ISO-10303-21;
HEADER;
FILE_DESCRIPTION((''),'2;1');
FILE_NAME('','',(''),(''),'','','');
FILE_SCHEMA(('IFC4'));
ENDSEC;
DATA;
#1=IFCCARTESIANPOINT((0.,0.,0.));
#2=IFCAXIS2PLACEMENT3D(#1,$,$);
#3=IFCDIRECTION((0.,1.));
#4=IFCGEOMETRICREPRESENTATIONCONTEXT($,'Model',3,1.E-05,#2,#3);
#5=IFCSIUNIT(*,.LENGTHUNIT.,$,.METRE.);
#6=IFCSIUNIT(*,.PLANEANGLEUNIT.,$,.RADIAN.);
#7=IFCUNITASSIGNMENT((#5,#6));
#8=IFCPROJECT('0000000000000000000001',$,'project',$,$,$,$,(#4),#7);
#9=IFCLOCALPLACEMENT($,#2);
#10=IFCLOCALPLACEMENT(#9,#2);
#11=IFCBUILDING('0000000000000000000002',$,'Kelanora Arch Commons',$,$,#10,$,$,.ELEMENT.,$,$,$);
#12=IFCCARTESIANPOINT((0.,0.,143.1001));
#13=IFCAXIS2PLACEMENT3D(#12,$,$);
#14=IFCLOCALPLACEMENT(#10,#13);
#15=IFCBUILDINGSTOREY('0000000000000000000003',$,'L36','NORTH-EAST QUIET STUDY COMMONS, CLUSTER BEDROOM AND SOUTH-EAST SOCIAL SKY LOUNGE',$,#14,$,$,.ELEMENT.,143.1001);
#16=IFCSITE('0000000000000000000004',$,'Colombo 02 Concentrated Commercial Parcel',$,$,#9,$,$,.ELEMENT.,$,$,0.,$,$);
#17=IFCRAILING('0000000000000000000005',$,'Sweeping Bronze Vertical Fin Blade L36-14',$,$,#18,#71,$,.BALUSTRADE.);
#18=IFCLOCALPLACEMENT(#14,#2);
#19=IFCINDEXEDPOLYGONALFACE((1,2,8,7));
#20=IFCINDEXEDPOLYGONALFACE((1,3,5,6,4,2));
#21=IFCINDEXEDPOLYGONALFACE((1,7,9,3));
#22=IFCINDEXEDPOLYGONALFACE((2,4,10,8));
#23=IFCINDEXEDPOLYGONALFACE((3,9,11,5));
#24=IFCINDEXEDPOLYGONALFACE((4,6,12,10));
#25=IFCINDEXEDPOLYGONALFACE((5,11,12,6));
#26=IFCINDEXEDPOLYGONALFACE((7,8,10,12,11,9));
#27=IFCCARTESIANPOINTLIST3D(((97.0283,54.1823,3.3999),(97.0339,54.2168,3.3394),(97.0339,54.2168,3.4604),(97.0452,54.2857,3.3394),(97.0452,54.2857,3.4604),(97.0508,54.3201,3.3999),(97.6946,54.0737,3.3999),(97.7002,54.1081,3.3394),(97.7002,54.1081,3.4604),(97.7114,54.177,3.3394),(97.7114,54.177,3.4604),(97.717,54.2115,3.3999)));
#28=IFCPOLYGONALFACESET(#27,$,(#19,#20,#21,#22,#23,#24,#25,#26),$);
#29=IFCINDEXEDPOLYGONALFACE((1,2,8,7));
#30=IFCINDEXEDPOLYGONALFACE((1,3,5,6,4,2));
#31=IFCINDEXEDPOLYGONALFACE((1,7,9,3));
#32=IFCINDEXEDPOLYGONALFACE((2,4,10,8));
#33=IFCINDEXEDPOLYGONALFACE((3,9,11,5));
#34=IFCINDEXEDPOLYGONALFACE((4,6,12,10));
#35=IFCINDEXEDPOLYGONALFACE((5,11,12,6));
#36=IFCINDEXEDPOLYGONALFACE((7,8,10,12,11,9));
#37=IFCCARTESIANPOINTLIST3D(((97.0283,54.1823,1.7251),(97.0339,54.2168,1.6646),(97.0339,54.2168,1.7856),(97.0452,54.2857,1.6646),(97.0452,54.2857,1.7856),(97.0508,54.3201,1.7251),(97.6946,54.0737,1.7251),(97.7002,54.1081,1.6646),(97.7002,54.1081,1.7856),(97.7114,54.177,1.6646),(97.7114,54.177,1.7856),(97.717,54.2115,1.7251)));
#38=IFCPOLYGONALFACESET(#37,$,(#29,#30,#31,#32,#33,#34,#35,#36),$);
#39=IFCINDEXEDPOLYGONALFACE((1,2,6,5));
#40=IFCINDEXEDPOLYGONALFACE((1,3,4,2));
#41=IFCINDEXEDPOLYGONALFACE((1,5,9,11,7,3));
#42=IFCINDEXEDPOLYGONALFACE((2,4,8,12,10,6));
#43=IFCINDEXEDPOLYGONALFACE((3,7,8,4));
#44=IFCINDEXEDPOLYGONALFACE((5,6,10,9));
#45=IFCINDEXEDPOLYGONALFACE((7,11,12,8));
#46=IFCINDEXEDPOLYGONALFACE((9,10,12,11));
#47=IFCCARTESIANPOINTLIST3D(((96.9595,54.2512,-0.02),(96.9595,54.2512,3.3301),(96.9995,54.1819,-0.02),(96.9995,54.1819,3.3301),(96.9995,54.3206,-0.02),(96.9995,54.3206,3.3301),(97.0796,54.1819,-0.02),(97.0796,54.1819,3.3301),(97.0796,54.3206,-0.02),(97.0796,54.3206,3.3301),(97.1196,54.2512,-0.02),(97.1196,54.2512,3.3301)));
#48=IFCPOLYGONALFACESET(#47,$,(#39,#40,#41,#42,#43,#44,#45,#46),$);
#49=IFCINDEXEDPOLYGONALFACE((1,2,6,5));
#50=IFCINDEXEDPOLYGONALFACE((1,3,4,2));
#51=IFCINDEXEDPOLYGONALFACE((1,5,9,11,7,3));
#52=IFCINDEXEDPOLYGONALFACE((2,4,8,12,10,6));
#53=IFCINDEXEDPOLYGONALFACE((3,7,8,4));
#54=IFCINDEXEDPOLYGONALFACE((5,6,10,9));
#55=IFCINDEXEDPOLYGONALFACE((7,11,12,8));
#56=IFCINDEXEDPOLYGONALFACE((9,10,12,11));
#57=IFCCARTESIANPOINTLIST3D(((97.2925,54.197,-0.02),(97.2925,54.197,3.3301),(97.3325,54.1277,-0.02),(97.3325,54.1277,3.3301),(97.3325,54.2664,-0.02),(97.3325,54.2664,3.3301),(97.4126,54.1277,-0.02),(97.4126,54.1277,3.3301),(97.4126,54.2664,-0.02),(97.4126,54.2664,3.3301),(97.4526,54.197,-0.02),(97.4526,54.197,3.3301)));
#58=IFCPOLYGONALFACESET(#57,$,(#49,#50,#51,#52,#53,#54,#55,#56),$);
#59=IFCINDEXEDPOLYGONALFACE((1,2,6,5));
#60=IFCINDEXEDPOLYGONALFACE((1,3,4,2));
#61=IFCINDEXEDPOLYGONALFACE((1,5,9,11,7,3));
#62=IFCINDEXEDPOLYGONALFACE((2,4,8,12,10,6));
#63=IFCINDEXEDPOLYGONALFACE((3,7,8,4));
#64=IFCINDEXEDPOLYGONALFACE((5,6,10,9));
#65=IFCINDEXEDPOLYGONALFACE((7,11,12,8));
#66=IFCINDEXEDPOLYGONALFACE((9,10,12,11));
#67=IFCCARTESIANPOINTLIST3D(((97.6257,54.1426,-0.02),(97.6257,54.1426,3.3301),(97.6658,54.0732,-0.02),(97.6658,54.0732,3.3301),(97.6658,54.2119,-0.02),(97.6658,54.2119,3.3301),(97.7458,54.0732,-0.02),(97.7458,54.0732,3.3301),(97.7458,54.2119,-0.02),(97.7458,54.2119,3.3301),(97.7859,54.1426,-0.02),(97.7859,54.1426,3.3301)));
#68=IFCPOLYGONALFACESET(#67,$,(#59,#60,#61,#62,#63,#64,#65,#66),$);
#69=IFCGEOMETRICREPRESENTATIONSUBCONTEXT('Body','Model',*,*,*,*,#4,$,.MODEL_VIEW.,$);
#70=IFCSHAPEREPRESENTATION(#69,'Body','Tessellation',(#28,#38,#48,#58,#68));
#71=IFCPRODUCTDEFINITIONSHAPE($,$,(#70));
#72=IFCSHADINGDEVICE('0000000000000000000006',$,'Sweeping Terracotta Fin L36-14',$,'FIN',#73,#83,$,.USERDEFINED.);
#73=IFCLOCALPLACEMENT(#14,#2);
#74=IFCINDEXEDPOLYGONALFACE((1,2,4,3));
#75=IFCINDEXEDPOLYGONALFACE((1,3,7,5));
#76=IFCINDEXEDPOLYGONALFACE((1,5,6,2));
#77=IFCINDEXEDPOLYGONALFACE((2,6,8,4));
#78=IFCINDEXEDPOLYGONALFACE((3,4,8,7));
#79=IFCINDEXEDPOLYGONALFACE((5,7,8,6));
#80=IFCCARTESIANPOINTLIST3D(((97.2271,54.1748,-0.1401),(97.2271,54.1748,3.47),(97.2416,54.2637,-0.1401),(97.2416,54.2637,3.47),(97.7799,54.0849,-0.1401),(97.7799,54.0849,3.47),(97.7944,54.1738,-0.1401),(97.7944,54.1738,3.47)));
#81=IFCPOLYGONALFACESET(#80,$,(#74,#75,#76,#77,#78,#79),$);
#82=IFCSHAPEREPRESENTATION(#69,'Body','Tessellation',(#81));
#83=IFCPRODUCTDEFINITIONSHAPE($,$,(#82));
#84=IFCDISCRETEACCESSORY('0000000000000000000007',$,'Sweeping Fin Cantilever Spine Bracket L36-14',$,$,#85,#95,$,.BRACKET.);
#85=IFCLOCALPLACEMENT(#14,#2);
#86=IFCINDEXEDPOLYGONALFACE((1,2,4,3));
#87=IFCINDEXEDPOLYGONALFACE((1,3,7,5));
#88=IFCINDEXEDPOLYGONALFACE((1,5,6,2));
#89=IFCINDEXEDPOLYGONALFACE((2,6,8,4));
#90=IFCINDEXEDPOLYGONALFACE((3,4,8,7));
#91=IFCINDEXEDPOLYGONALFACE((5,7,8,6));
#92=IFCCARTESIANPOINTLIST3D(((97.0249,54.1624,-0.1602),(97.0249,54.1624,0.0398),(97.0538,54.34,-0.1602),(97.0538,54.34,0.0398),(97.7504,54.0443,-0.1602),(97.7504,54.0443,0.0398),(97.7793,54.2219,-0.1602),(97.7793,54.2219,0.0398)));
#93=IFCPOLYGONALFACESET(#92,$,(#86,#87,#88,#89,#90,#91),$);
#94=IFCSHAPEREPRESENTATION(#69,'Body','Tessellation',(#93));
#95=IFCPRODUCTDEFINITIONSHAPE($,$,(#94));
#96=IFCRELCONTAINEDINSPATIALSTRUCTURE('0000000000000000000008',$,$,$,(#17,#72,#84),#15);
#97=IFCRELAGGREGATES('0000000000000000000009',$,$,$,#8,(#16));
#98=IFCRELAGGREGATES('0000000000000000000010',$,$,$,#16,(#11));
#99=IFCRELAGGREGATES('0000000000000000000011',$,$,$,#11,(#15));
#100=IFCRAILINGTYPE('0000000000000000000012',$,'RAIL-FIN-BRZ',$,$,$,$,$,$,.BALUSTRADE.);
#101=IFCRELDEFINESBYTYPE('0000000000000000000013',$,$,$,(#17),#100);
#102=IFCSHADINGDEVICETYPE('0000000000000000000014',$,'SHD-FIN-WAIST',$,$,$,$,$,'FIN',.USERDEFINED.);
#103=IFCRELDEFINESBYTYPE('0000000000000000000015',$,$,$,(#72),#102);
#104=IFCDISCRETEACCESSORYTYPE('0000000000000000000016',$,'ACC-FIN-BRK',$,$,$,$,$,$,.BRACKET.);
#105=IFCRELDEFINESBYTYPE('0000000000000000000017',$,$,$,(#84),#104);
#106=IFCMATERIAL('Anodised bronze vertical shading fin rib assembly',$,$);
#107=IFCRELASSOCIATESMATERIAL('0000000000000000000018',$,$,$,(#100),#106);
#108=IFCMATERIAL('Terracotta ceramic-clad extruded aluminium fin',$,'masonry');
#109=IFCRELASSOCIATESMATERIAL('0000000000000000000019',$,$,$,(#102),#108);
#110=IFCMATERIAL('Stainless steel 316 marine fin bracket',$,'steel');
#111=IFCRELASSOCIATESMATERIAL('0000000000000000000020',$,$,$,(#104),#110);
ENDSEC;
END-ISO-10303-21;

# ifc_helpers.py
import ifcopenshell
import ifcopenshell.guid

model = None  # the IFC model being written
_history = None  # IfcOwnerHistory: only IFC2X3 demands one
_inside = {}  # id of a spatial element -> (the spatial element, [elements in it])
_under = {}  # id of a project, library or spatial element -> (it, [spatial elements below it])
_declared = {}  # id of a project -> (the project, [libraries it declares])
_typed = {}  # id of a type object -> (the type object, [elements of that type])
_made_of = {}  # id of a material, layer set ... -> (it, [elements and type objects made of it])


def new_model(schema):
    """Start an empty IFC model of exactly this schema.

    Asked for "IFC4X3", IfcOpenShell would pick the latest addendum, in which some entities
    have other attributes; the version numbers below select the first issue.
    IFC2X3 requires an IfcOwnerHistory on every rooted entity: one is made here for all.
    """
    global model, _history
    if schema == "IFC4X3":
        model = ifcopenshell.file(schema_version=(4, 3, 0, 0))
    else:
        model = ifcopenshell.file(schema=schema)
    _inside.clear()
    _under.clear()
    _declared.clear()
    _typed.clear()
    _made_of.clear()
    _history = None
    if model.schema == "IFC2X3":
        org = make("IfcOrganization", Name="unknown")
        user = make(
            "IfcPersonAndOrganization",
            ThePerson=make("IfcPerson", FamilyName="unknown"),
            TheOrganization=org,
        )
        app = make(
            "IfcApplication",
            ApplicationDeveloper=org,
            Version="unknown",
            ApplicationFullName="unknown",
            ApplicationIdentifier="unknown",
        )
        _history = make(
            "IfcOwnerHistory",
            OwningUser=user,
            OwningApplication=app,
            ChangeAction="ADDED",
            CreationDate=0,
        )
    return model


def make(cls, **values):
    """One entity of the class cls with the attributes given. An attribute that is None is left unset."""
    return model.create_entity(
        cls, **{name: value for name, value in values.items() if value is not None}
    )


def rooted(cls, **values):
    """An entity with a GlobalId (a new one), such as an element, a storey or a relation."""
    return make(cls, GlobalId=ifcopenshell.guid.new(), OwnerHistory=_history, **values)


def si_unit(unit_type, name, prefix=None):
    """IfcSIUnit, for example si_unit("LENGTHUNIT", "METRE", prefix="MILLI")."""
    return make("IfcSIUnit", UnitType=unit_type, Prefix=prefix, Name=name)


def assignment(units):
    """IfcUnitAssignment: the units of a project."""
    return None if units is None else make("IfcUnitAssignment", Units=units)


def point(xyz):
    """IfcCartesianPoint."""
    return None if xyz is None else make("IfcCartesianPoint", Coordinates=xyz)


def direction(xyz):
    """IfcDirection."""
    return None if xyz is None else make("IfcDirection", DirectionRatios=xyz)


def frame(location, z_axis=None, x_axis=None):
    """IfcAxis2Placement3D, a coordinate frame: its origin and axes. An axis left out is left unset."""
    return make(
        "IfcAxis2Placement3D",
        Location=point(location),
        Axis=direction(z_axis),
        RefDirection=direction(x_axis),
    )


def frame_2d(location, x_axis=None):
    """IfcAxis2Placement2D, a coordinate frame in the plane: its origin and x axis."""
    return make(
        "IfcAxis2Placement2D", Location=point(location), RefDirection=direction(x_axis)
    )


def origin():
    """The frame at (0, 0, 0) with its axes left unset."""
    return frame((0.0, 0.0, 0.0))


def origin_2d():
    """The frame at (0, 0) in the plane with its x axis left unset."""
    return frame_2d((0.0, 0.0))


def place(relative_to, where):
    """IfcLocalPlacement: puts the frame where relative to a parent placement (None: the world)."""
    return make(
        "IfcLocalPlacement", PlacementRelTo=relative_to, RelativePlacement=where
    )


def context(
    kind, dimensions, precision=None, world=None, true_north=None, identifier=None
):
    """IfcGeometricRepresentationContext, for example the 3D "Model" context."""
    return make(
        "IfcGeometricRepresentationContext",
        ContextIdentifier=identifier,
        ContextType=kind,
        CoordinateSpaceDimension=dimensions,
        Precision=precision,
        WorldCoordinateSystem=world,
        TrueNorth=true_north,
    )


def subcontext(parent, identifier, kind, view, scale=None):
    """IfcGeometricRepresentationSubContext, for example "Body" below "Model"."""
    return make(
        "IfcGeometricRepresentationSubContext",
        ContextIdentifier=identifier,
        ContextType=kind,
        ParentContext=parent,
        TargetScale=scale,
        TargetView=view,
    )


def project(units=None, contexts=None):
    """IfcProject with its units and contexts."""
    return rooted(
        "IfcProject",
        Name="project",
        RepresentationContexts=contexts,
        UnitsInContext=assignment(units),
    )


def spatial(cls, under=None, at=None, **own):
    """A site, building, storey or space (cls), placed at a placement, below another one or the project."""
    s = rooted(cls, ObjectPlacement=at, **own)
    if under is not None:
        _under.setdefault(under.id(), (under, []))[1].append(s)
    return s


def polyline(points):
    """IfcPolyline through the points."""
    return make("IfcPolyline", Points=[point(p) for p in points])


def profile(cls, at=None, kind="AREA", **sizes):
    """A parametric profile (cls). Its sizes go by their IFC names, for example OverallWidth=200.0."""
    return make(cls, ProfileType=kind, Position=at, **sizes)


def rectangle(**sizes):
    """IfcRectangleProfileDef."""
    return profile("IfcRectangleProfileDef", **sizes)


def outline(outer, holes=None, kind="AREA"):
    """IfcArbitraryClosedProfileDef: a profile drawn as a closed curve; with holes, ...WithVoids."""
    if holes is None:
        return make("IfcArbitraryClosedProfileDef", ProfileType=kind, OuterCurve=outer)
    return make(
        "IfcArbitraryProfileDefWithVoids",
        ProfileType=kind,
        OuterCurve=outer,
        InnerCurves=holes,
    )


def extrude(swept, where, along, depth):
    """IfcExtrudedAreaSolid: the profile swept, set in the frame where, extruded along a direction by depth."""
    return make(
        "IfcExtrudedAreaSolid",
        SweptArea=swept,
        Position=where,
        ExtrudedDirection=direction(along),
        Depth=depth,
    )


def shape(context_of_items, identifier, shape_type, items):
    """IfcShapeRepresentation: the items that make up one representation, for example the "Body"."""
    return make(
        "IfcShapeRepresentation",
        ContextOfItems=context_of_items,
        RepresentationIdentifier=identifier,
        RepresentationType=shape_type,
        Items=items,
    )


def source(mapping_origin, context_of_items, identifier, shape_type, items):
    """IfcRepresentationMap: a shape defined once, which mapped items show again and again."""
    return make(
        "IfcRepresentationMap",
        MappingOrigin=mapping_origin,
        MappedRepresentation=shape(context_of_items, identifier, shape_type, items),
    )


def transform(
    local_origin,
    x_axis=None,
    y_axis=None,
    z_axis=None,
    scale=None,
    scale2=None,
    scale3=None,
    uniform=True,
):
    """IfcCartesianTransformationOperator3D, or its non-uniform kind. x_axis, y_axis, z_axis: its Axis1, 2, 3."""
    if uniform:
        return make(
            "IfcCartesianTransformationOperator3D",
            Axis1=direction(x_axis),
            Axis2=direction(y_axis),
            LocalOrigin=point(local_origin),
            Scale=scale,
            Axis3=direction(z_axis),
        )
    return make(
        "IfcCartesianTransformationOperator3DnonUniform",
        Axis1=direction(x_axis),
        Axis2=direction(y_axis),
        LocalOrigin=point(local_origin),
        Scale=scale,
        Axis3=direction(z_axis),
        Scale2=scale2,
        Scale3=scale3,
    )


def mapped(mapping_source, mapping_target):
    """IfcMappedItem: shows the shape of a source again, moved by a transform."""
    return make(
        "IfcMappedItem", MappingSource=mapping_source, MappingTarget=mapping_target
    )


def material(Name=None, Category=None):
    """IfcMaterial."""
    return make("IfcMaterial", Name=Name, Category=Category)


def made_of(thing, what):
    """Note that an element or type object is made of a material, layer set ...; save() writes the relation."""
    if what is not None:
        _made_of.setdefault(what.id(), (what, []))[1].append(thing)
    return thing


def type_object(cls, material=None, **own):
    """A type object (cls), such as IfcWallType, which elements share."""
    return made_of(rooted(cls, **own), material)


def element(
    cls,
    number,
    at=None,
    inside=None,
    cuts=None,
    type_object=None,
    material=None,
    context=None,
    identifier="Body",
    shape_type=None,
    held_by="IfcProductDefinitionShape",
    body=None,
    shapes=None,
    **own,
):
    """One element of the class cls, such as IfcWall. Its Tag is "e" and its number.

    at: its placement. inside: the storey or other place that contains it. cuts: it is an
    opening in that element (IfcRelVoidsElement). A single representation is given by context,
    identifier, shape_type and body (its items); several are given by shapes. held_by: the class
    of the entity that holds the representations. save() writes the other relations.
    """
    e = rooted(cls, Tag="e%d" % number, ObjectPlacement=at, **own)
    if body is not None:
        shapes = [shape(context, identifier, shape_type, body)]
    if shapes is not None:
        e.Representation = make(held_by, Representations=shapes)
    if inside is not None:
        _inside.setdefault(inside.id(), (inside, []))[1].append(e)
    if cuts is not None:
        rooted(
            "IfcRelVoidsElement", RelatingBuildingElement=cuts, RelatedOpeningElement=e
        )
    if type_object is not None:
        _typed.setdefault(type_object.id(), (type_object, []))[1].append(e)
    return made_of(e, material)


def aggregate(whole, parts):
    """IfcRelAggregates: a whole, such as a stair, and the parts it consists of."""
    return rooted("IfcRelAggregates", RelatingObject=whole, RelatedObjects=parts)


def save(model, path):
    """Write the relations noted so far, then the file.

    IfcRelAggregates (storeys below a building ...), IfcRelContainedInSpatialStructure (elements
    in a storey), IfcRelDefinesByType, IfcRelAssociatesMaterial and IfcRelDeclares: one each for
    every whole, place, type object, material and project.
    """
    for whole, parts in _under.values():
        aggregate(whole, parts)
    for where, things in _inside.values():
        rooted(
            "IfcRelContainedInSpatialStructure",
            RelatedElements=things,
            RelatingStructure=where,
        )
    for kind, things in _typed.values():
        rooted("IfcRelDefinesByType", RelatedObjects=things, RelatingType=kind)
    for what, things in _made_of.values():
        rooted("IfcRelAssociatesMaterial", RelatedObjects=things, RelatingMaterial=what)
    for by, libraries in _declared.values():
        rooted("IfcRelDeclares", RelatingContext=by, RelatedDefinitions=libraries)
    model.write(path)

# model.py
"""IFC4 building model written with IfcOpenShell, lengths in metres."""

from ifc_helpers import new_model, si_unit, direction, frame, origin, origin_2d, place, context, subcontext, project, spatial, polyline, rectangle, outline, extrude, source, transform, mapped, material, type_object, element, save


model = new_model("IFC4")

# Units and contexts
model_context = context("Model", 3, precision=1e-05, world=origin(), true_north=direction((0.0, 1.0)))
body_context = subcontext(model_context, "Body", "Model", "MODEL_VIEW")
ifc_project = project(units=[si_unit("LENGTHUNIT", "METRE"), si_unit("PLANEANGLEUNIT", "RADIAN")], contexts=[model_context])

# Site, building, storey
site_placement = place(None, origin())
site = spatial("IfcSite", under=ifc_project, at=site_placement, Name="Colombo 02 Concentrated Commercial Parcel", CompositionType="ELEMENT", RefElevation=0.0)
building_placement = place(site_placement, origin())
building = spatial("IfcBuilding", under=site, at=building_placement, Name="Kelanora Arch Commons", CompositionType="ELEMENT")
storey_placement = place(building_placement, frame((0.0, 0.0, 143.1001)))
storey = spatial("IfcBuildingStorey", under=building, at=storey_placement, Name="L36", Description="NORTH-EAST QUIET STUDY COMMONS, CLUSTER BEDROOM AND SOUTH-EAST SOCIAL SKY LOUNGE", CompositionType="ELEMENT", Elevation=143.1001)

# Railing
ifc_material_1 = material(Name="Anodised bronze vertical shading fin rib assembly")
railing_type = type_object("IfcRailingType", Name="RAIL-FIN-BRZ", PredefinedType="BALUSTRADE", material=ifc_material_1)
railing_placement = place(storey_placement, frame((97.0396, 54.2512, -0.02)))
element("IfcRailing", 1, at=railing_placement, inside=storey, type_object=railing_type, Name="Sweeping Bronze Vertical Fin Blade L36-14", PredefinedType="BALUSTRADE", context=body_context, shape_type="SweptSolid", body=[
    extrude(outline(polyline([(0.0698, 0.0), (0.0349, 0.0605), (-0.0349, 0.0605), (-0.0698, 0.0), (-0.0349, -0.0605), (0.0349, -0.0605), (0.0698, 0.0)])), frame((0.0, 0.0, 3.4199), z_axis=(0.986965, -0.160938, 0.0), x_axis=(0.160938, 0.986965, 0.0)), (0.0, 0.0, 1.0), 0.675),
    extrude(outline(polyline([(0.0698, 0.0), (0.0349, 0.0605), (-0.0349, 0.0605), (-0.0698, 0.0), (-0.0349, -0.0605), (0.0349, -0.0605), (0.0698, 0.0)])), frame((0.0, 0.0, 1.7451), z_axis=(0.986965, -0.160938, 0.0), x_axis=(0.160938, 0.986965, 0.0)), (0.0, 0.0, 1.0), 0.675),
    extrude(outline(polyline([(0.0801, 0.0), (0.04, 0.0693), (-0.04, 0.0693), (-0.0801, 0.0), (-0.04, -0.0693), (0.04, -0.0693), (0.0801, 0.0)])), origin(), (0.0, 0.0, 1.0), 3.3501),
    extrude(outline(polyline([(0.0801, 0.0), (0.04, 0.0693), (-0.04, 0.0693), (-0.0801, 0.0), (-0.04, -0.0693), (0.04, -0.0693), (0.0801, 0.0)])), frame((0.333, -0.0542, 0.0)), (0.0, 0.0, 1.0), 3.3501),
    extrude(outline(polyline([(0.0801, 0.0), (0.04, 0.0693), (-0.04, 0.0693), (-0.0801, 0.0), (-0.04, -0.0693), (0.04, -0.0693), (0.0801, 0.0)])), frame((0.6663, -0.1086, 0.0)), (0.0, 0.0, 1.0), 3.3501),
])

# Shading device
ifc_material_2 = material(Name="Terracotta ceramic-clad extruded aluminium fin", Category="masonry")
shading_device_type = type_object("IfcShadingDeviceType", Name="SHD-FIN-WAIST", ElementType="FIN", PredefinedType="USERDEFINED", material=ifc_material_2)
shared_shape_1 = source(origin(), body_context, "Body", "SweptSolid", [
    extrude(rectangle(XDim=0.5601, YDim=0.0901, at=origin_2d()), origin(), (0.0, 0.0, 1.0), 3.6101),
])
shading_device_placement = place(storey_placement, frame((97.5107, 54.1743, -0.1401), z_axis=(0.0, 0.0, 1.0), x_axis=(0.987024, -0.16057, 0.0)))
element("IfcShadingDevice", 2, at=shading_device_placement, inside=storey, type_object=shading_device_type, Name="Sweeping Terracotta Fin L36-14", ObjectType="FIN", PredefinedType="USERDEFINED", context=body_context, shape_type="MappedRepresentation", body=[
    mapped(shared_shape_1, transform((0.0, 0.0, 0.0), scale=1.0)),
])

# Discrete accessory
ifc_material_3 = material(Name="Stainless steel 316 marine fin bracket", Category="steel")
discrete_accessory_type = type_object("IfcDiscreteAccessoryType", Name="ACC-FIN-BRK", PredefinedType="BRACKET", material=ifc_material_3)
shared_shape_2 = source(origin(), body_context, "Body", "SweptSolid", [
    extrude(rectangle(XDim=0.7351, YDim=0.1799, at=origin_2d()), origin(), (0.0, 0.0, 1.0), 0.2),
])
discrete_accessory_placement = place(storey_placement, frame((97.4021, 54.1921, -0.1602), z_axis=(0.0, 0.0, 1.0), x_axis=(0.987024, -0.16057, 0.0)))
element("IfcDiscreteAccessory", 3, at=discrete_accessory_placement, inside=storey, type_object=discrete_accessory_type, Name="Sweeping Fin Cantilever Spine Bracket L36-14", PredefinedType="BRACKET", context=body_context, shape_type="MappedRepresentation", body=[
    mapped(shared_shape_2, transform((0.0, 0.0, 0.0), scale=1.0)),
])

save(model, "model.ifc")
